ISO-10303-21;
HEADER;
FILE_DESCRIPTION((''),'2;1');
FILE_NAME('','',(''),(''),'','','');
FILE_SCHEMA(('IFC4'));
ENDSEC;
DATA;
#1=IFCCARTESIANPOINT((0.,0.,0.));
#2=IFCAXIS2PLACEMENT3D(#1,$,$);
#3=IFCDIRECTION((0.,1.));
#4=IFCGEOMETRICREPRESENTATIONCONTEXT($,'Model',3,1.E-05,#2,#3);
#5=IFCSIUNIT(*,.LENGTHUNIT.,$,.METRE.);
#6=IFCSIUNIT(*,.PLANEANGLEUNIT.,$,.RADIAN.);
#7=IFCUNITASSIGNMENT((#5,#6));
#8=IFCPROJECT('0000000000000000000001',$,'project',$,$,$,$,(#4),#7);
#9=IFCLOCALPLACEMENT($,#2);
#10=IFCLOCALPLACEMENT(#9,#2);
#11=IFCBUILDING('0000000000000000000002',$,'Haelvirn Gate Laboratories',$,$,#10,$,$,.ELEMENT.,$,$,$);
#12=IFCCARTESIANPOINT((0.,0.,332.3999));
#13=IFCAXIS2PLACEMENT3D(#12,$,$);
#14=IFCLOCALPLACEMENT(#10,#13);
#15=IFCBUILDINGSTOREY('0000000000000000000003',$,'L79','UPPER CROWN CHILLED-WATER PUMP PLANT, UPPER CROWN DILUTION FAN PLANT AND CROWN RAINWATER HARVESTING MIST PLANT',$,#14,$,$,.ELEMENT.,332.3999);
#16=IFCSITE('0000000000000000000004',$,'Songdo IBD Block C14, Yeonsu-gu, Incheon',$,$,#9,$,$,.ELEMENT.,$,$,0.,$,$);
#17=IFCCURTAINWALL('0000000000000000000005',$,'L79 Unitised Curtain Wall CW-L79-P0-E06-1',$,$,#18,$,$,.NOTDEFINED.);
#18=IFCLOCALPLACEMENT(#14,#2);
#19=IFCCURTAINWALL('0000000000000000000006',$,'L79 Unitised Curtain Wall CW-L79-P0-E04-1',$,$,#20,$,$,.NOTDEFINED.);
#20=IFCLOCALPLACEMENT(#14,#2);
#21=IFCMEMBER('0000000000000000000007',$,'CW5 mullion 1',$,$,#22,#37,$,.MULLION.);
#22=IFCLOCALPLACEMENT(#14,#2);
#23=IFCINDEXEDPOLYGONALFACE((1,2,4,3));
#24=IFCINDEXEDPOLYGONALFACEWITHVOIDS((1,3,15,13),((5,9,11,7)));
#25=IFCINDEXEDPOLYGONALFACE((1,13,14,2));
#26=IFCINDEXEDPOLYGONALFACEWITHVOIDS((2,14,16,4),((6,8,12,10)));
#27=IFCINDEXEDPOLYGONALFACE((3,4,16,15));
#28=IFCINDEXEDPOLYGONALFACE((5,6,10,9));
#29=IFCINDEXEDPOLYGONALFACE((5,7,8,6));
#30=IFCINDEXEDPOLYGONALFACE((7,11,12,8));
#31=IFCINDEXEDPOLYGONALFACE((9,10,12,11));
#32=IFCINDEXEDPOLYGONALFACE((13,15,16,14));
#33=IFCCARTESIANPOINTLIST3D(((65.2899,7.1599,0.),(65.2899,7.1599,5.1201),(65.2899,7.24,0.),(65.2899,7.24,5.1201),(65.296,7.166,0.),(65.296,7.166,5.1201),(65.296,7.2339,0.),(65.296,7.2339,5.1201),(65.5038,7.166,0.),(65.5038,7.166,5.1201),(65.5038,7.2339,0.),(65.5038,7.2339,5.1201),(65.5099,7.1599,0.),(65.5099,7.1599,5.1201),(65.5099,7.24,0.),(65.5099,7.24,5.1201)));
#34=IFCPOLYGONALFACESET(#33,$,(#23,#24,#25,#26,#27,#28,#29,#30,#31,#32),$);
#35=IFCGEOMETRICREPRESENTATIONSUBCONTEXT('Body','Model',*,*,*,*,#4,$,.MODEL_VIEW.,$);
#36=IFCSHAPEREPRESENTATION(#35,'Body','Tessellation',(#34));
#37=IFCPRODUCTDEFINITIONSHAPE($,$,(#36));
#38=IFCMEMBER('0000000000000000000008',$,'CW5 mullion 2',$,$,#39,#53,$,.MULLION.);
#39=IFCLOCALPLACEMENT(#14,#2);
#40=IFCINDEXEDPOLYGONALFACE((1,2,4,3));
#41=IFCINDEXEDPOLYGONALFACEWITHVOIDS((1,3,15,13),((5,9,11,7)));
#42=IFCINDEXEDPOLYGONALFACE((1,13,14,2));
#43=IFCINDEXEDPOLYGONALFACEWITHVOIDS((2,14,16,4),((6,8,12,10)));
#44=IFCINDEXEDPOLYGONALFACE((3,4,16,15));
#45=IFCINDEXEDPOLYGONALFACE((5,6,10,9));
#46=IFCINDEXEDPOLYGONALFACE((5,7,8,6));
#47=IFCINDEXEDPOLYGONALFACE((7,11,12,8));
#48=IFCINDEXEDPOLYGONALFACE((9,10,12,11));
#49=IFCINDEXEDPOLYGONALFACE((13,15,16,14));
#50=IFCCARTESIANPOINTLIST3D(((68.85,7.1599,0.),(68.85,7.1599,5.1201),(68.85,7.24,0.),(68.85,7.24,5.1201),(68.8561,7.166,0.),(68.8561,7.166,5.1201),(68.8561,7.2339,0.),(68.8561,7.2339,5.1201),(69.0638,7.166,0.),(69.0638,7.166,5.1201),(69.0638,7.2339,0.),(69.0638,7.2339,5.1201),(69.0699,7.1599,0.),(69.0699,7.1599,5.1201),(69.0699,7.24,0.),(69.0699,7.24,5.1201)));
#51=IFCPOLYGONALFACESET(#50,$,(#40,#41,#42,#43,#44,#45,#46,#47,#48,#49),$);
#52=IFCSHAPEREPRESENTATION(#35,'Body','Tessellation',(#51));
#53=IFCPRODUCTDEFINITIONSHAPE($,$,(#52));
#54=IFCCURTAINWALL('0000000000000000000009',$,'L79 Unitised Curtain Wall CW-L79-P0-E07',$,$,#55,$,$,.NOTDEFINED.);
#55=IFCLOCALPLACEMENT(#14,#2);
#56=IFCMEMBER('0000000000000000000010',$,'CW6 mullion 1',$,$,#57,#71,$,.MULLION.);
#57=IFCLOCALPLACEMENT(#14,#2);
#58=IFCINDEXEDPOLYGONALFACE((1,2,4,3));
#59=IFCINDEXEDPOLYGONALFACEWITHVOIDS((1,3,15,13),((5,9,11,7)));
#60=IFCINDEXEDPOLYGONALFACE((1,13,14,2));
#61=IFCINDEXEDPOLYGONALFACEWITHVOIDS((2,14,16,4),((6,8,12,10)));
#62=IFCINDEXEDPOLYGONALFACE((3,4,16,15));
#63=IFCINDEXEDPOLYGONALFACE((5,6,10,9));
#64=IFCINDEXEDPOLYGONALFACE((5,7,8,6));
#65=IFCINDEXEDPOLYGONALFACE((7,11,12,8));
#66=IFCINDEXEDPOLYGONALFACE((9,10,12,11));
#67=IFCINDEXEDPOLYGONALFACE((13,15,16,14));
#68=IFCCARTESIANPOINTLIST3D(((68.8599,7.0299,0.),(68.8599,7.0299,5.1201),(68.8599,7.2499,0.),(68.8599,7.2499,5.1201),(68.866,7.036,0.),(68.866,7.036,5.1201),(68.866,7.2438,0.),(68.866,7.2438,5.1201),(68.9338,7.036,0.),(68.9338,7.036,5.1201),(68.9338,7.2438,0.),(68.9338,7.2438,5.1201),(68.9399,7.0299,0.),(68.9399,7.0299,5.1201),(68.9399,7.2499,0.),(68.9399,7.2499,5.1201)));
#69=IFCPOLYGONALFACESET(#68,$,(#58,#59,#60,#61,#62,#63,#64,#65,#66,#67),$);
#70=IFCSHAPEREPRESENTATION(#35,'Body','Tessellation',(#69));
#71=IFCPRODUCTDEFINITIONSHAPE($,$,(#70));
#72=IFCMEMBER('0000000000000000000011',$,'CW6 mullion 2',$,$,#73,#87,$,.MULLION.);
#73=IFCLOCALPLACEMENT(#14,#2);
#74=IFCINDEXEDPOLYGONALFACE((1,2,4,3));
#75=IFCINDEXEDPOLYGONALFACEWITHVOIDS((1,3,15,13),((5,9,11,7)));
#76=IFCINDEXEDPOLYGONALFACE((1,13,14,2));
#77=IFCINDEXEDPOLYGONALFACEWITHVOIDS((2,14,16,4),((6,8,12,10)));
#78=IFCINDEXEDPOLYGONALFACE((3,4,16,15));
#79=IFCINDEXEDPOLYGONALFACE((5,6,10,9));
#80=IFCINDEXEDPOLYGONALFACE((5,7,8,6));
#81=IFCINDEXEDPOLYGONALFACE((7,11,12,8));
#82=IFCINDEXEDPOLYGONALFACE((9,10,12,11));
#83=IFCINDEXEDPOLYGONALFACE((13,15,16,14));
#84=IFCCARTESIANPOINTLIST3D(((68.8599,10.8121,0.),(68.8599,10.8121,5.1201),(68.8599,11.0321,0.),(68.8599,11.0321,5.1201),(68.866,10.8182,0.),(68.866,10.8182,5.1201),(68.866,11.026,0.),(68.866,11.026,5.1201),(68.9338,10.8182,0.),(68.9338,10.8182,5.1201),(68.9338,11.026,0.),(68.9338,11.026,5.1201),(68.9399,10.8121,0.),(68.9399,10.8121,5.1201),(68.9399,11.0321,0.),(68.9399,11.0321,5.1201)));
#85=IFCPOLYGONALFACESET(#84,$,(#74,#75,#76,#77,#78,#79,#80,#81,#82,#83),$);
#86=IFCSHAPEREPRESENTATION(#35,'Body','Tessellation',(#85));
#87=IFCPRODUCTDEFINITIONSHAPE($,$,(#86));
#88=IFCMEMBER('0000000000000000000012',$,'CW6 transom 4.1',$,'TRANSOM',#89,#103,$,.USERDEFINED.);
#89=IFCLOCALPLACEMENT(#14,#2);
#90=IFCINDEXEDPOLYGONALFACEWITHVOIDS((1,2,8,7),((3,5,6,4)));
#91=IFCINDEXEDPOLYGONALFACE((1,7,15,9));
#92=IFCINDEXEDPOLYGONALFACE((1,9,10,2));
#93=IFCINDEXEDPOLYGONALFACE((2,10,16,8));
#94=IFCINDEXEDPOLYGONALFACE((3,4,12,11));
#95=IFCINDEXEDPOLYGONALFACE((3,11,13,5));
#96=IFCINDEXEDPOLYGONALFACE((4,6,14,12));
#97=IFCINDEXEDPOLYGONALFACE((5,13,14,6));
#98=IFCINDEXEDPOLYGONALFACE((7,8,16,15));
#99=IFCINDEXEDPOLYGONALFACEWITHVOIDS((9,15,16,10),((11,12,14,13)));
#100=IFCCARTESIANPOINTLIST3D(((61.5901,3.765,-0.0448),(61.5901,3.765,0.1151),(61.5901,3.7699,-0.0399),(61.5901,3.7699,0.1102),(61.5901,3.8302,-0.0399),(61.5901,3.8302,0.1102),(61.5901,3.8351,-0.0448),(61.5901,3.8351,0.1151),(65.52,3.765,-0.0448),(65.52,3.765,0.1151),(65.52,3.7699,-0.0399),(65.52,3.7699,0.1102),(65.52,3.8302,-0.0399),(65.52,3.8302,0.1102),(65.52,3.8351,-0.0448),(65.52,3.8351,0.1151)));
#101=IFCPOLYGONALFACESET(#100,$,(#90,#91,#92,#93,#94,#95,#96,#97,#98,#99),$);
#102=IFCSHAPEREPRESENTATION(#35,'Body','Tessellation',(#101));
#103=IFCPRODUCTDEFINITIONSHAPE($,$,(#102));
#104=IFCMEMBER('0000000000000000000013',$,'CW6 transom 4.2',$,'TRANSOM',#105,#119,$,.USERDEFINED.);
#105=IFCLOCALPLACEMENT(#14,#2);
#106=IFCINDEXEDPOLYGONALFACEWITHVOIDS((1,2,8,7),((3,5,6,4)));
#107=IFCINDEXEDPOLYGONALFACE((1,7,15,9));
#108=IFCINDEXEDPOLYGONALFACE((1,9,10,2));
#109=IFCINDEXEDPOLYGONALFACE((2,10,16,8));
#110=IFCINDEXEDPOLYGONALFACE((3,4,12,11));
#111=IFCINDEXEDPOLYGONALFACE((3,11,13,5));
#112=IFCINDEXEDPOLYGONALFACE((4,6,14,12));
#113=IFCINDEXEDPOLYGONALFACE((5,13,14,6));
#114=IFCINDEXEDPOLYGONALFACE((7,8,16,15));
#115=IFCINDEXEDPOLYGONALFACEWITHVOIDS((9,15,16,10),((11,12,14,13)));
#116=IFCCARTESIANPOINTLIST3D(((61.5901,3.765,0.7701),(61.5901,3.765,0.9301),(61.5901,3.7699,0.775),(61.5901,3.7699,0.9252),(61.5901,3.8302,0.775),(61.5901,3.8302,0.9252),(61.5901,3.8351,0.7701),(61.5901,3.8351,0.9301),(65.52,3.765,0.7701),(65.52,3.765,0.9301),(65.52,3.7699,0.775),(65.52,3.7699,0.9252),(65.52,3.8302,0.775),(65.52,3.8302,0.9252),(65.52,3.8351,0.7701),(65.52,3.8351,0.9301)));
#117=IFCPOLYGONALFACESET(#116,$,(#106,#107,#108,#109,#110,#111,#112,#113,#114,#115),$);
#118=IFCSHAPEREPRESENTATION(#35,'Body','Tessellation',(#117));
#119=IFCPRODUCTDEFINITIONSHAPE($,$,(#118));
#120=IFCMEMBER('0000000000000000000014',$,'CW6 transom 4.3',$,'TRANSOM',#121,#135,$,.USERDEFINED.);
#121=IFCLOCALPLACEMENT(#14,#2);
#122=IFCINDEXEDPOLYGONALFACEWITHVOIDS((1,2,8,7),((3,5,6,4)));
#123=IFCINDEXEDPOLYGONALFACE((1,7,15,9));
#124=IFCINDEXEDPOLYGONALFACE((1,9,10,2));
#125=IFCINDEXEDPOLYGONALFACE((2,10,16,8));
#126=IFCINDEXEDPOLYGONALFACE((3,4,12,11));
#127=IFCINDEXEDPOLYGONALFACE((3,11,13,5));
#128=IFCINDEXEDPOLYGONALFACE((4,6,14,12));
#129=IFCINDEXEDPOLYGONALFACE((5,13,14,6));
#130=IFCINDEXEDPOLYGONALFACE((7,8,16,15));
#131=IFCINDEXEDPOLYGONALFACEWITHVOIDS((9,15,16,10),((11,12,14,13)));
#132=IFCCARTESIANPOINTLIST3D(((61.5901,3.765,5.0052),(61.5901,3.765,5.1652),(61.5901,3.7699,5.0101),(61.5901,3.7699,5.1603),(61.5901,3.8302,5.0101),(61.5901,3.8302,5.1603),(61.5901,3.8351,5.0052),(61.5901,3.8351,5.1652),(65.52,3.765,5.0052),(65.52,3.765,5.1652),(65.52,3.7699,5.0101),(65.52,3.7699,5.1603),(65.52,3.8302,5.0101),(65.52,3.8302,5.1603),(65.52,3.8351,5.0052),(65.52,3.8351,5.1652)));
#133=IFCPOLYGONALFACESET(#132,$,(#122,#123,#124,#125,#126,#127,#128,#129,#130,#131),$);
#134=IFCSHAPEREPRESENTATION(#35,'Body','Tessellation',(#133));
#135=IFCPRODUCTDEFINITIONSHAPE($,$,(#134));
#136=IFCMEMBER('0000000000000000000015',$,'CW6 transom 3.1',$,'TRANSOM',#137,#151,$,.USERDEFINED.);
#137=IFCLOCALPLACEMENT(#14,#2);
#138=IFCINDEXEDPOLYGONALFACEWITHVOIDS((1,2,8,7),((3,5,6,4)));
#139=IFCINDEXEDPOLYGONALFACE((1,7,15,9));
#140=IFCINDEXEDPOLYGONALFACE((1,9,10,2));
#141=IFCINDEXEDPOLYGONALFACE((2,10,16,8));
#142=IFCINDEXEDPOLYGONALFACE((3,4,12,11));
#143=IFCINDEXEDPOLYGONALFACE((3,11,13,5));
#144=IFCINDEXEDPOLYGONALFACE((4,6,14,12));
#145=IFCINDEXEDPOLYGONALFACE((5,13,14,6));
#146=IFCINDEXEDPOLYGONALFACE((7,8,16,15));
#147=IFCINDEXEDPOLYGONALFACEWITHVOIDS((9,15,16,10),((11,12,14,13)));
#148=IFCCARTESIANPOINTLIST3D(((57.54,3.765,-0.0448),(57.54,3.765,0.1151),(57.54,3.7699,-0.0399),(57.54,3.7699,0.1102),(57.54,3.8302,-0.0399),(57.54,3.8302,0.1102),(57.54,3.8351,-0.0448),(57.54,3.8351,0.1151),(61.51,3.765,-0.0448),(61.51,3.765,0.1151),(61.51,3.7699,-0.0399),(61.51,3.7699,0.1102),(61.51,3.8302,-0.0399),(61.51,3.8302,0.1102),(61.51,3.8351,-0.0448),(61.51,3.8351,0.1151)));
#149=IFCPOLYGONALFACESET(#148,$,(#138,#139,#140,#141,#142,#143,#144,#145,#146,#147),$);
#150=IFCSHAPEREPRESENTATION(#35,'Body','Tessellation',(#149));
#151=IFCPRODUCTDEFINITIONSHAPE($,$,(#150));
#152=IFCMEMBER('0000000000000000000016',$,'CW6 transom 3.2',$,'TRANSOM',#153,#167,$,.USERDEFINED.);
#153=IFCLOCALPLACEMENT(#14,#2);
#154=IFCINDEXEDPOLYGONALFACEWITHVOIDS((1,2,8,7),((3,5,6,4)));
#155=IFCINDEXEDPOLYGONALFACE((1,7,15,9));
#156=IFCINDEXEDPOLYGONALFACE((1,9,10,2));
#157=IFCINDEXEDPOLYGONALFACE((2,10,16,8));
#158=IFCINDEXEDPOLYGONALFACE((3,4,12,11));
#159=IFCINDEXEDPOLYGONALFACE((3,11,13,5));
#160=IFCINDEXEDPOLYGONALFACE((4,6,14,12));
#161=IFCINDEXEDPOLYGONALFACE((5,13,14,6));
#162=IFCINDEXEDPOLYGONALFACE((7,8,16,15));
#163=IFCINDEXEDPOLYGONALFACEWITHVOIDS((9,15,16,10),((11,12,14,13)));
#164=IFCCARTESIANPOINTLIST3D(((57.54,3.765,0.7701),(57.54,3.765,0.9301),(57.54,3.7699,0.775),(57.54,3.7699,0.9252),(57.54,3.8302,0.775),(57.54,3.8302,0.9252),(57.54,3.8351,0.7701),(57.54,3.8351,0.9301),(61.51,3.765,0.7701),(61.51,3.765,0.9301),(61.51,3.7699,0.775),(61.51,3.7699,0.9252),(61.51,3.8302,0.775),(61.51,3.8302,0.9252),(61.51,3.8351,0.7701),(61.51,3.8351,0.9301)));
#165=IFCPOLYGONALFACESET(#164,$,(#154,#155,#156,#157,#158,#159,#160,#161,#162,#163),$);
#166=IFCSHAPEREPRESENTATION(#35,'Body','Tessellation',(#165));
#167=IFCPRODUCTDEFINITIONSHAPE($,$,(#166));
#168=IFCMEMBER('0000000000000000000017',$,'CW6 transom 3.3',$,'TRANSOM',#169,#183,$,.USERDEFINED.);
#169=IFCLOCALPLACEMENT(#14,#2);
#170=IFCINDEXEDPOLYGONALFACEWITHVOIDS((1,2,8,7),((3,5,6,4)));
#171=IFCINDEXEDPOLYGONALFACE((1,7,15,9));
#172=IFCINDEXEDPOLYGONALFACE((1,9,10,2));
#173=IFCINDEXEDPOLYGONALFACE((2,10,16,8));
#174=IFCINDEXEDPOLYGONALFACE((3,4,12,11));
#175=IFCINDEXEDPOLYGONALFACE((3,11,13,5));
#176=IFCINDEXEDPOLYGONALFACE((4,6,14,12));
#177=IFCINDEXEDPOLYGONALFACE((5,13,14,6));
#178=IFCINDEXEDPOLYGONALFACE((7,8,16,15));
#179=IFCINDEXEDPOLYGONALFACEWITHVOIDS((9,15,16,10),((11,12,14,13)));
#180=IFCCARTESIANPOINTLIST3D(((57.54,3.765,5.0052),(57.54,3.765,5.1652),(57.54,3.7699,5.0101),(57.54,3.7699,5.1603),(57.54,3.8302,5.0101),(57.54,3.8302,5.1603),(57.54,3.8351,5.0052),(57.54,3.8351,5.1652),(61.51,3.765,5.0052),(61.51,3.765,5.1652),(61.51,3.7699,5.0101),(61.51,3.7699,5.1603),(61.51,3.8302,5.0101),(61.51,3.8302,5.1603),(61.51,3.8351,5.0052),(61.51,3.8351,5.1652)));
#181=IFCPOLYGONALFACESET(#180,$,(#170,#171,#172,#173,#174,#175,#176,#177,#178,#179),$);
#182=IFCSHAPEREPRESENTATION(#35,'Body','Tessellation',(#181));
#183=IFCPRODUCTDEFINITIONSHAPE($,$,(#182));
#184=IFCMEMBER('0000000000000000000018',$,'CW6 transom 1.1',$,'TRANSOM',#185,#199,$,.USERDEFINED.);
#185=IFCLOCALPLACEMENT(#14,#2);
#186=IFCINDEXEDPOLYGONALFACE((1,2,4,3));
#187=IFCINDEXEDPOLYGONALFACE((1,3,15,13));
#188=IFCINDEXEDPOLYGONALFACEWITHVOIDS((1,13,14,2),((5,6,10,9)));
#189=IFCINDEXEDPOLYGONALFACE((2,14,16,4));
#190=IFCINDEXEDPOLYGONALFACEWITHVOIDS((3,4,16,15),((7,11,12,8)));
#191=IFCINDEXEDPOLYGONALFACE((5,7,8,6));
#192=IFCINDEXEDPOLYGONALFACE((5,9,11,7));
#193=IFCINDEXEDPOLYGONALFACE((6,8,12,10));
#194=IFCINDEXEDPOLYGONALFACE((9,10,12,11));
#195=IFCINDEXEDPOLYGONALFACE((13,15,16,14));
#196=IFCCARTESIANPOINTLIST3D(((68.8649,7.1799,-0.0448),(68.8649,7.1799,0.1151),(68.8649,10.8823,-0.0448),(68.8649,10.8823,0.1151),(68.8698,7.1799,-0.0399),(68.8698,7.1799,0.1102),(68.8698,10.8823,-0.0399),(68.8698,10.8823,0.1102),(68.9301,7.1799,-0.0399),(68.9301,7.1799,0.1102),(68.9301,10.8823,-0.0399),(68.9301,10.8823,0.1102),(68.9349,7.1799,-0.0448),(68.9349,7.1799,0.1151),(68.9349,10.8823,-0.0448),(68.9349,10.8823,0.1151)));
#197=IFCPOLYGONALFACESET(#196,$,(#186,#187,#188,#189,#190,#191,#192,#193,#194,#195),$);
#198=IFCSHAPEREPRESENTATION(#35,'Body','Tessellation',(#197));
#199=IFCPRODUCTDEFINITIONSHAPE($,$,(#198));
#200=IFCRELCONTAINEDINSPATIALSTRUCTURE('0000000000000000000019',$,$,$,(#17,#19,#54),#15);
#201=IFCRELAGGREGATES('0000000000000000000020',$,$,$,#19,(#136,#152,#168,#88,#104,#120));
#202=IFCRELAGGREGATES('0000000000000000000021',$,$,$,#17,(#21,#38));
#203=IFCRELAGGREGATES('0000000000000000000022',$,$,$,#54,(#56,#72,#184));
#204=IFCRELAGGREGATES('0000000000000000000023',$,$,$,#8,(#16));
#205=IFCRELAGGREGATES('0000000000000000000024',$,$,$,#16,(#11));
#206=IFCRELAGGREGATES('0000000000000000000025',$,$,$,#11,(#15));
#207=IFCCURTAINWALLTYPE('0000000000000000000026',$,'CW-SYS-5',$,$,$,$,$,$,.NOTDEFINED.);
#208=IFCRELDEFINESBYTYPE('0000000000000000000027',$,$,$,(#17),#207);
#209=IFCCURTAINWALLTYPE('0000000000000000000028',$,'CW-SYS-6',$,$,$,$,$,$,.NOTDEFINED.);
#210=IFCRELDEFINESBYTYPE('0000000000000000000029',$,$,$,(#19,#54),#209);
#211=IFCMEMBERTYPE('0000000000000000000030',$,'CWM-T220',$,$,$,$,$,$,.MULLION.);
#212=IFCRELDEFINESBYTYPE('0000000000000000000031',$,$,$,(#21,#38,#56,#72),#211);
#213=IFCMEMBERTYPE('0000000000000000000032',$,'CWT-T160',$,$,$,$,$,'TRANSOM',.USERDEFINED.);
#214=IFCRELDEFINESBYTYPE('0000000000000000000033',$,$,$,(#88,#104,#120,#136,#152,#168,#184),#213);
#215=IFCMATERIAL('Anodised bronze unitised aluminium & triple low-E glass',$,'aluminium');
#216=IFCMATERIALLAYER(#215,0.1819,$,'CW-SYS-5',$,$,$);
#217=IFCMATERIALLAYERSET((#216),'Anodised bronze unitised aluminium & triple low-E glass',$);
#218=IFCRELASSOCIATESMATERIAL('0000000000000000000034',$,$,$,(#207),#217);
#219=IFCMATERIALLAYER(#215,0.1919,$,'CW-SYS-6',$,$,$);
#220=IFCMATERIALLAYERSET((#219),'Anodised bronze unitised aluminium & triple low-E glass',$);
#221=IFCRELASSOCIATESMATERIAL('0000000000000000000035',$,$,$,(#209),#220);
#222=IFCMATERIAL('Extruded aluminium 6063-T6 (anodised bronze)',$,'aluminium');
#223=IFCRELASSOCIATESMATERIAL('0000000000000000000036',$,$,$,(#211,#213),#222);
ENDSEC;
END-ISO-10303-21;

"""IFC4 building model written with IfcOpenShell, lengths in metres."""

from ifc_helpers import new_model, si_unit, direction, frame, origin, origin_2d, place, context, subcontext, project, spatial, hollow_rectangle, extrude, source, transform, mapped, material, layer, layer_set, material_profile, profile_set, type_object, type_shapes, element, aggregate, save


model = new_model("IFC4")

# Units and contexts
model_context = context("Model", 3, precision=1e-05, world=origin(), true_north=direction((0.0, 1.0)))
body_context = subcontext(model_context, "Body", "Model", "MODEL_VIEW")
ifc_project = project(units=[si_unit("LENGTHUNIT", "METRE"), si_unit("PLANEANGLEUNIT", "RADIAN")], contexts=[model_context])

# Site, building, storey
site_placement = place(None, origin())
site = spatial("IfcSite", under=ifc_project, at=site_placement, Name="Songdo IBD Block C14, Yeonsu-gu, Incheon", CompositionType="ELEMENT", RefElevation=0.0)
building_placement = place(site_placement, origin())
building = spatial("IfcBuilding", under=site, at=building_placement, Name="Haelvirn Gate Laboratories", CompositionType="ELEMENT")
storey_placement = place(building_placement, frame((0.0, 0.0, 332.3999)))
storey = spatial("IfcBuildingStorey", under=building, at=storey_placement, Name="L79", Description="UPPER CROWN CHILLED-WATER PUMP PLANT, UPPER CROWN DILUTION FAN PLANT AND CROWN RAINWATER HARVESTING MIST PLANT", CompositionType="ELEMENT", Elevation=332.3999)

# Curtain walls
ifc_material_1 = material(Name="Anodised bronze unitised aluminium & triple low-E glass", Category="aluminium")
ifc_layer_1 = layer(ifc_material_1, 0.1819, Name="CW-SYS-5")
ifc_layer_set_1 = layer_set([ifc_layer_1], Name="Anodised bronze unitised aluminium & triple low-E glass")
curtain_wall_type_1 = type_object("IfcCurtainWallType", Name="CW-SYS-5", PredefinedType="NOTDEFINED", material=ifc_layer_set_1)
curtain_wall_1_placement = place(storey_placement, origin())
curtain_wall_1 = element("IfcCurtainWall", 1, at=curtain_wall_1_placement, inside=storey, type_object=curtain_wall_type_1, Name="L79 Unitised Curtain Wall CW-L79-P0-E06-1", PredefinedType="NOTDEFINED")
ifc_material_2 = material(Name="Extruded aluminium 6063-T6 (anodised bronze)", Category="aluminium")
ifc_layer_2 = layer(ifc_material_1, 0.1919, Name="CW-SYS-6")
ifc_layer_set_2 = layer_set([ifc_layer_2], Name="Anodised bronze unitised aluminium & triple low-E glass")
curtain_wall_type_2 = type_object("IfcCurtainWallType", Name="CW-SYS-6", PredefinedType="NOTDEFINED", material=ifc_layer_set_2)
curtain_wall_2_placement = place(storey_placement, origin())
curtain_wall_2 = element("IfcCurtainWall", 2, at=curtain_wall_2_placement, inside=storey, type_object=curtain_wall_type_2, Name="L79 Unitised Curtain Wall CW-L79-P0-E04-1", PredefinedType="NOTDEFINED")
ifc_material_profile_1 = material_profile(ifc_material_2, hollow_rectangle(XDim=0.0801, YDim=0.22, WallThickness=0.0061, at=origin_2d()), Name="CWM-220x80x6")
ifc_profile_set_1 = profile_set([ifc_material_profile_1], Name="Extruded aluminium 6063-T6 (anodised bronze)")
member_type_1 = type_object("IfcMemberType", Name="CWM-T220", PredefinedType="MULLION", material=ifc_profile_set_1)
shared_shape_1 = source(origin(), body_context, "Body", "SweptSolid", [
    extrude(hollow_rectangle(XDim=0.0801, YDim=0.22, WallThickness=0.0061, at=origin_2d()), origin(), (0.0, 0.0, 1.0), 5.1201),
])
type_shapes(member_type_1, [shared_shape_1])

# Members
member_1_placement = place(storey_placement, frame((65.3999, 7.2, 0.0), z_axis=(0.0, 0.0, 1.0), x_axis=(0.0, 1.0, 0.0)))
member_1 = element("IfcMember", 3, at=member_1_placement, type_object=member_type_1, Name="CW5 mullion 1", PredefinedType="MULLION", context=body_context, shape_type="MappedRepresentation", body=[
    mapped(shared_shape_1, transform((0.0, 0.0, 0.0), scale=1.0)),
])
member_2_placement = place(storey_placement, frame((68.96, 7.2, 0.0), z_axis=(0.0, 0.0, 1.0), x_axis=(0.0, 1.0, 0.0)))
member_2 = element("IfcMember", 4, at=member_2_placement, type_object=member_type_1, Name="CW5 mullion 2", PredefinedType="MULLION", context=body_context, shape_type="MappedRepresentation", body=[
    mapped(shared_shape_1, transform((0.0, 0.0, 0.0), scale=1.0)),
])

# Curtain wall, members
curtain_wall_3_placement = place(storey_placement, origin())
curtain_wall_3 = element("IfcCurtainWall", 5, at=curtain_wall_3_placement, inside=storey, type_object=curtain_wall_type_2, Name="L79 Unitised Curtain Wall CW-L79-P0-E07", PredefinedType="NOTDEFINED")
member_3_placement = place(storey_placement, frame((68.8999, 7.1399, 0.0), z_axis=(0.0, 0.0, 1.0), x_axis=(-1.0, 0.0, 0.0)))
member_3 = element("IfcMember", 6, at=member_3_placement, type_object=member_type_1, Name="CW6 mullion 1", PredefinedType="MULLION", context=body_context, shape_type="MappedRepresentation", body=[
    mapped(shared_shape_1, transform((0.0, 0.0, 0.0), scale=1.0)),
])
member_4_placement = place(storey_placement, frame((68.8999, 10.9221, 0.0), z_axis=(0.0, 0.0, 1.0), x_axis=(-1.0, 0.0, 0.0)))
member_4 = element("IfcMember", 7, at=member_4_placement, type_object=member_type_1, Name="CW6 mullion 2", PredefinedType="MULLION", context=body_context, shape_type="MappedRepresentation", body=[
    mapped(shared_shape_1, transform((0.0, 0.0, 0.0), scale=1.0)),
])

# Members
ifc_material_profile_2 = material_profile(ifc_material_2, hollow_rectangle(XDim=0.0701, YDim=0.1599, WallThickness=0.0049, at=origin_2d()), Name="CWT-160x70x5")
ifc_profile_set_2 = profile_set([ifc_material_profile_2], Name="Extruded aluminium 6063-T6 (anodised bronze)")
member_type_2 = type_object("IfcMemberType", Name="CWT-T160", ElementType="TRANSOM", PredefinedType="USERDEFINED", material=ifc_profile_set_2)
shared_shape_2 = source(origin(), body_context, "Body", "SweptSolid", [
    extrude(hollow_rectangle(XDim=0.0701, YDim=0.1599, WallThickness=0.0049, at=origin_2d()), origin(), (0.0, 0.0, 1.0), 3.9299),
])
member_5_placement = place(storey_placement, frame((61.5901, 3.8, 0.0352), z_axis=(1.0, 0.0, 0.0), x_axis=(0.0, 1.0, 0.0)))
member_5 = element("IfcMember", 8, at=member_5_placement, type_object=member_type_2, Name="CW6 transom 4.1", ObjectType="TRANSOM", PredefinedType="USERDEFINED", context=body_context, shape_type="MappedRepresentation", body=[
    mapped(shared_shape_2, transform((0.0, 0.0, 0.0), scale=1.0)),
])
member_6_placement = place(storey_placement, frame((61.5901, 3.8, 0.8501), z_axis=(1.0, 0.0, 0.0), x_axis=(0.0, 1.0, 0.0)))
member_6 = element("IfcMember", 9, at=member_6_placement, type_object=member_type_2, Name="CW6 transom 4.2", ObjectType="TRANSOM", PredefinedType="USERDEFINED", context=body_context, shape_type="MappedRepresentation", body=[
    mapped(shared_shape_2, transform((0.0, 0.0, 0.0), scale=1.0)),
])
member_7_placement = place(storey_placement, frame((61.5901, 3.8, 5.0852), z_axis=(1.0, 0.0, 0.0), x_axis=(0.0, 1.0, 0.0)))
member_7 = element("IfcMember", 10, at=member_7_placement, type_object=member_type_2, Name="CW6 transom 4.3", ObjectType="TRANSOM", PredefinedType="USERDEFINED", context=body_context, shape_type="MappedRepresentation", body=[
    mapped(shared_shape_2, transform((0.0, 0.0, 0.0), scale=1.0)),
])
shared_shape_3 = source(origin(), body_context, "Body", "SweptSolid", [
    extrude(hollow_rectangle(XDim=0.0701, YDim=0.1599, WallThickness=0.0049, at=origin_2d()), origin(), (0.0, 0.0, 1.0), 3.97),
])
member_8_placement = place(storey_placement, frame((57.54, 3.8, 0.0352), z_axis=(1.0, 0.0, 0.0), x_axis=(0.0, 1.0, 0.0)))
member_8 = element("IfcMember", 11, at=member_8_placement, type_object=member_type_2, Name="CW6 transom 3.1", ObjectType="TRANSOM", PredefinedType="USERDEFINED", context=body_context, shape_type="MappedRepresentation", body=[
    mapped(shared_shape_3, transform((0.0, 0.0, 0.0), scale=1.0)),
])
member_9_placement = place(storey_placement, frame((57.54, 3.8, 0.8501), z_axis=(1.0, 0.0, 0.0), x_axis=(0.0, 1.0, 0.0)))
member_9 = element("IfcMember", 12, at=member_9_placement, type_object=member_type_2, Name="CW6 transom 3.2", ObjectType="TRANSOM", PredefinedType="USERDEFINED", context=body_context, shape_type="MappedRepresentation", body=[
    mapped(shared_shape_3, transform((0.0, 0.0, 0.0), scale=1.0)),
])
member_10_placement = place(storey_placement, frame((57.54, 3.8, 5.0852), z_axis=(1.0, 0.0, 0.0), x_axis=(0.0, 1.0, 0.0)))
member_10 = element("IfcMember", 13, at=member_10_placement, type_object=member_type_2, Name="CW6 transom 3.3", ObjectType="TRANSOM", PredefinedType="USERDEFINED", context=body_context, shape_type="MappedRepresentation", body=[
    mapped(shared_shape_3, transform((0.0, 0.0, 0.0), scale=1.0)),
])
shared_shape_4 = source(origin(), body_context, "Body", "SweptSolid", [
    extrude(hollow_rectangle(XDim=0.0701, YDim=0.1599, WallThickness=0.0049, at=origin_2d()), origin(), (0.0, 0.0, 1.0), 3.7024),
])
member_11_placement = place(storey_placement, frame((68.8999, 7.1799, 0.0352), z_axis=(0.0, 1.0, 0.0), x_axis=(-1.0, 0.0, 0.0)))
member_11 = element("IfcMember", 14, at=member_11_placement, type_object=member_type_2, Name="CW6 transom 1.1", ObjectType="TRANSOM", PredefinedType="USERDEFINED", context=body_context, shape_type="MappedRepresentation", body=[
    mapped(shared_shape_4, transform((0.0, 0.0, 0.0), scale=1.0)),
])

aggregate(curtain_wall_2, [member_8, member_9, member_10, member_5, member_6, member_7])
aggregate(curtain_wall_1, [member_1, member_2])
aggregate(curtain_wall_3, [member_3, member_4, member_11])

save(model, "model.ifc")
